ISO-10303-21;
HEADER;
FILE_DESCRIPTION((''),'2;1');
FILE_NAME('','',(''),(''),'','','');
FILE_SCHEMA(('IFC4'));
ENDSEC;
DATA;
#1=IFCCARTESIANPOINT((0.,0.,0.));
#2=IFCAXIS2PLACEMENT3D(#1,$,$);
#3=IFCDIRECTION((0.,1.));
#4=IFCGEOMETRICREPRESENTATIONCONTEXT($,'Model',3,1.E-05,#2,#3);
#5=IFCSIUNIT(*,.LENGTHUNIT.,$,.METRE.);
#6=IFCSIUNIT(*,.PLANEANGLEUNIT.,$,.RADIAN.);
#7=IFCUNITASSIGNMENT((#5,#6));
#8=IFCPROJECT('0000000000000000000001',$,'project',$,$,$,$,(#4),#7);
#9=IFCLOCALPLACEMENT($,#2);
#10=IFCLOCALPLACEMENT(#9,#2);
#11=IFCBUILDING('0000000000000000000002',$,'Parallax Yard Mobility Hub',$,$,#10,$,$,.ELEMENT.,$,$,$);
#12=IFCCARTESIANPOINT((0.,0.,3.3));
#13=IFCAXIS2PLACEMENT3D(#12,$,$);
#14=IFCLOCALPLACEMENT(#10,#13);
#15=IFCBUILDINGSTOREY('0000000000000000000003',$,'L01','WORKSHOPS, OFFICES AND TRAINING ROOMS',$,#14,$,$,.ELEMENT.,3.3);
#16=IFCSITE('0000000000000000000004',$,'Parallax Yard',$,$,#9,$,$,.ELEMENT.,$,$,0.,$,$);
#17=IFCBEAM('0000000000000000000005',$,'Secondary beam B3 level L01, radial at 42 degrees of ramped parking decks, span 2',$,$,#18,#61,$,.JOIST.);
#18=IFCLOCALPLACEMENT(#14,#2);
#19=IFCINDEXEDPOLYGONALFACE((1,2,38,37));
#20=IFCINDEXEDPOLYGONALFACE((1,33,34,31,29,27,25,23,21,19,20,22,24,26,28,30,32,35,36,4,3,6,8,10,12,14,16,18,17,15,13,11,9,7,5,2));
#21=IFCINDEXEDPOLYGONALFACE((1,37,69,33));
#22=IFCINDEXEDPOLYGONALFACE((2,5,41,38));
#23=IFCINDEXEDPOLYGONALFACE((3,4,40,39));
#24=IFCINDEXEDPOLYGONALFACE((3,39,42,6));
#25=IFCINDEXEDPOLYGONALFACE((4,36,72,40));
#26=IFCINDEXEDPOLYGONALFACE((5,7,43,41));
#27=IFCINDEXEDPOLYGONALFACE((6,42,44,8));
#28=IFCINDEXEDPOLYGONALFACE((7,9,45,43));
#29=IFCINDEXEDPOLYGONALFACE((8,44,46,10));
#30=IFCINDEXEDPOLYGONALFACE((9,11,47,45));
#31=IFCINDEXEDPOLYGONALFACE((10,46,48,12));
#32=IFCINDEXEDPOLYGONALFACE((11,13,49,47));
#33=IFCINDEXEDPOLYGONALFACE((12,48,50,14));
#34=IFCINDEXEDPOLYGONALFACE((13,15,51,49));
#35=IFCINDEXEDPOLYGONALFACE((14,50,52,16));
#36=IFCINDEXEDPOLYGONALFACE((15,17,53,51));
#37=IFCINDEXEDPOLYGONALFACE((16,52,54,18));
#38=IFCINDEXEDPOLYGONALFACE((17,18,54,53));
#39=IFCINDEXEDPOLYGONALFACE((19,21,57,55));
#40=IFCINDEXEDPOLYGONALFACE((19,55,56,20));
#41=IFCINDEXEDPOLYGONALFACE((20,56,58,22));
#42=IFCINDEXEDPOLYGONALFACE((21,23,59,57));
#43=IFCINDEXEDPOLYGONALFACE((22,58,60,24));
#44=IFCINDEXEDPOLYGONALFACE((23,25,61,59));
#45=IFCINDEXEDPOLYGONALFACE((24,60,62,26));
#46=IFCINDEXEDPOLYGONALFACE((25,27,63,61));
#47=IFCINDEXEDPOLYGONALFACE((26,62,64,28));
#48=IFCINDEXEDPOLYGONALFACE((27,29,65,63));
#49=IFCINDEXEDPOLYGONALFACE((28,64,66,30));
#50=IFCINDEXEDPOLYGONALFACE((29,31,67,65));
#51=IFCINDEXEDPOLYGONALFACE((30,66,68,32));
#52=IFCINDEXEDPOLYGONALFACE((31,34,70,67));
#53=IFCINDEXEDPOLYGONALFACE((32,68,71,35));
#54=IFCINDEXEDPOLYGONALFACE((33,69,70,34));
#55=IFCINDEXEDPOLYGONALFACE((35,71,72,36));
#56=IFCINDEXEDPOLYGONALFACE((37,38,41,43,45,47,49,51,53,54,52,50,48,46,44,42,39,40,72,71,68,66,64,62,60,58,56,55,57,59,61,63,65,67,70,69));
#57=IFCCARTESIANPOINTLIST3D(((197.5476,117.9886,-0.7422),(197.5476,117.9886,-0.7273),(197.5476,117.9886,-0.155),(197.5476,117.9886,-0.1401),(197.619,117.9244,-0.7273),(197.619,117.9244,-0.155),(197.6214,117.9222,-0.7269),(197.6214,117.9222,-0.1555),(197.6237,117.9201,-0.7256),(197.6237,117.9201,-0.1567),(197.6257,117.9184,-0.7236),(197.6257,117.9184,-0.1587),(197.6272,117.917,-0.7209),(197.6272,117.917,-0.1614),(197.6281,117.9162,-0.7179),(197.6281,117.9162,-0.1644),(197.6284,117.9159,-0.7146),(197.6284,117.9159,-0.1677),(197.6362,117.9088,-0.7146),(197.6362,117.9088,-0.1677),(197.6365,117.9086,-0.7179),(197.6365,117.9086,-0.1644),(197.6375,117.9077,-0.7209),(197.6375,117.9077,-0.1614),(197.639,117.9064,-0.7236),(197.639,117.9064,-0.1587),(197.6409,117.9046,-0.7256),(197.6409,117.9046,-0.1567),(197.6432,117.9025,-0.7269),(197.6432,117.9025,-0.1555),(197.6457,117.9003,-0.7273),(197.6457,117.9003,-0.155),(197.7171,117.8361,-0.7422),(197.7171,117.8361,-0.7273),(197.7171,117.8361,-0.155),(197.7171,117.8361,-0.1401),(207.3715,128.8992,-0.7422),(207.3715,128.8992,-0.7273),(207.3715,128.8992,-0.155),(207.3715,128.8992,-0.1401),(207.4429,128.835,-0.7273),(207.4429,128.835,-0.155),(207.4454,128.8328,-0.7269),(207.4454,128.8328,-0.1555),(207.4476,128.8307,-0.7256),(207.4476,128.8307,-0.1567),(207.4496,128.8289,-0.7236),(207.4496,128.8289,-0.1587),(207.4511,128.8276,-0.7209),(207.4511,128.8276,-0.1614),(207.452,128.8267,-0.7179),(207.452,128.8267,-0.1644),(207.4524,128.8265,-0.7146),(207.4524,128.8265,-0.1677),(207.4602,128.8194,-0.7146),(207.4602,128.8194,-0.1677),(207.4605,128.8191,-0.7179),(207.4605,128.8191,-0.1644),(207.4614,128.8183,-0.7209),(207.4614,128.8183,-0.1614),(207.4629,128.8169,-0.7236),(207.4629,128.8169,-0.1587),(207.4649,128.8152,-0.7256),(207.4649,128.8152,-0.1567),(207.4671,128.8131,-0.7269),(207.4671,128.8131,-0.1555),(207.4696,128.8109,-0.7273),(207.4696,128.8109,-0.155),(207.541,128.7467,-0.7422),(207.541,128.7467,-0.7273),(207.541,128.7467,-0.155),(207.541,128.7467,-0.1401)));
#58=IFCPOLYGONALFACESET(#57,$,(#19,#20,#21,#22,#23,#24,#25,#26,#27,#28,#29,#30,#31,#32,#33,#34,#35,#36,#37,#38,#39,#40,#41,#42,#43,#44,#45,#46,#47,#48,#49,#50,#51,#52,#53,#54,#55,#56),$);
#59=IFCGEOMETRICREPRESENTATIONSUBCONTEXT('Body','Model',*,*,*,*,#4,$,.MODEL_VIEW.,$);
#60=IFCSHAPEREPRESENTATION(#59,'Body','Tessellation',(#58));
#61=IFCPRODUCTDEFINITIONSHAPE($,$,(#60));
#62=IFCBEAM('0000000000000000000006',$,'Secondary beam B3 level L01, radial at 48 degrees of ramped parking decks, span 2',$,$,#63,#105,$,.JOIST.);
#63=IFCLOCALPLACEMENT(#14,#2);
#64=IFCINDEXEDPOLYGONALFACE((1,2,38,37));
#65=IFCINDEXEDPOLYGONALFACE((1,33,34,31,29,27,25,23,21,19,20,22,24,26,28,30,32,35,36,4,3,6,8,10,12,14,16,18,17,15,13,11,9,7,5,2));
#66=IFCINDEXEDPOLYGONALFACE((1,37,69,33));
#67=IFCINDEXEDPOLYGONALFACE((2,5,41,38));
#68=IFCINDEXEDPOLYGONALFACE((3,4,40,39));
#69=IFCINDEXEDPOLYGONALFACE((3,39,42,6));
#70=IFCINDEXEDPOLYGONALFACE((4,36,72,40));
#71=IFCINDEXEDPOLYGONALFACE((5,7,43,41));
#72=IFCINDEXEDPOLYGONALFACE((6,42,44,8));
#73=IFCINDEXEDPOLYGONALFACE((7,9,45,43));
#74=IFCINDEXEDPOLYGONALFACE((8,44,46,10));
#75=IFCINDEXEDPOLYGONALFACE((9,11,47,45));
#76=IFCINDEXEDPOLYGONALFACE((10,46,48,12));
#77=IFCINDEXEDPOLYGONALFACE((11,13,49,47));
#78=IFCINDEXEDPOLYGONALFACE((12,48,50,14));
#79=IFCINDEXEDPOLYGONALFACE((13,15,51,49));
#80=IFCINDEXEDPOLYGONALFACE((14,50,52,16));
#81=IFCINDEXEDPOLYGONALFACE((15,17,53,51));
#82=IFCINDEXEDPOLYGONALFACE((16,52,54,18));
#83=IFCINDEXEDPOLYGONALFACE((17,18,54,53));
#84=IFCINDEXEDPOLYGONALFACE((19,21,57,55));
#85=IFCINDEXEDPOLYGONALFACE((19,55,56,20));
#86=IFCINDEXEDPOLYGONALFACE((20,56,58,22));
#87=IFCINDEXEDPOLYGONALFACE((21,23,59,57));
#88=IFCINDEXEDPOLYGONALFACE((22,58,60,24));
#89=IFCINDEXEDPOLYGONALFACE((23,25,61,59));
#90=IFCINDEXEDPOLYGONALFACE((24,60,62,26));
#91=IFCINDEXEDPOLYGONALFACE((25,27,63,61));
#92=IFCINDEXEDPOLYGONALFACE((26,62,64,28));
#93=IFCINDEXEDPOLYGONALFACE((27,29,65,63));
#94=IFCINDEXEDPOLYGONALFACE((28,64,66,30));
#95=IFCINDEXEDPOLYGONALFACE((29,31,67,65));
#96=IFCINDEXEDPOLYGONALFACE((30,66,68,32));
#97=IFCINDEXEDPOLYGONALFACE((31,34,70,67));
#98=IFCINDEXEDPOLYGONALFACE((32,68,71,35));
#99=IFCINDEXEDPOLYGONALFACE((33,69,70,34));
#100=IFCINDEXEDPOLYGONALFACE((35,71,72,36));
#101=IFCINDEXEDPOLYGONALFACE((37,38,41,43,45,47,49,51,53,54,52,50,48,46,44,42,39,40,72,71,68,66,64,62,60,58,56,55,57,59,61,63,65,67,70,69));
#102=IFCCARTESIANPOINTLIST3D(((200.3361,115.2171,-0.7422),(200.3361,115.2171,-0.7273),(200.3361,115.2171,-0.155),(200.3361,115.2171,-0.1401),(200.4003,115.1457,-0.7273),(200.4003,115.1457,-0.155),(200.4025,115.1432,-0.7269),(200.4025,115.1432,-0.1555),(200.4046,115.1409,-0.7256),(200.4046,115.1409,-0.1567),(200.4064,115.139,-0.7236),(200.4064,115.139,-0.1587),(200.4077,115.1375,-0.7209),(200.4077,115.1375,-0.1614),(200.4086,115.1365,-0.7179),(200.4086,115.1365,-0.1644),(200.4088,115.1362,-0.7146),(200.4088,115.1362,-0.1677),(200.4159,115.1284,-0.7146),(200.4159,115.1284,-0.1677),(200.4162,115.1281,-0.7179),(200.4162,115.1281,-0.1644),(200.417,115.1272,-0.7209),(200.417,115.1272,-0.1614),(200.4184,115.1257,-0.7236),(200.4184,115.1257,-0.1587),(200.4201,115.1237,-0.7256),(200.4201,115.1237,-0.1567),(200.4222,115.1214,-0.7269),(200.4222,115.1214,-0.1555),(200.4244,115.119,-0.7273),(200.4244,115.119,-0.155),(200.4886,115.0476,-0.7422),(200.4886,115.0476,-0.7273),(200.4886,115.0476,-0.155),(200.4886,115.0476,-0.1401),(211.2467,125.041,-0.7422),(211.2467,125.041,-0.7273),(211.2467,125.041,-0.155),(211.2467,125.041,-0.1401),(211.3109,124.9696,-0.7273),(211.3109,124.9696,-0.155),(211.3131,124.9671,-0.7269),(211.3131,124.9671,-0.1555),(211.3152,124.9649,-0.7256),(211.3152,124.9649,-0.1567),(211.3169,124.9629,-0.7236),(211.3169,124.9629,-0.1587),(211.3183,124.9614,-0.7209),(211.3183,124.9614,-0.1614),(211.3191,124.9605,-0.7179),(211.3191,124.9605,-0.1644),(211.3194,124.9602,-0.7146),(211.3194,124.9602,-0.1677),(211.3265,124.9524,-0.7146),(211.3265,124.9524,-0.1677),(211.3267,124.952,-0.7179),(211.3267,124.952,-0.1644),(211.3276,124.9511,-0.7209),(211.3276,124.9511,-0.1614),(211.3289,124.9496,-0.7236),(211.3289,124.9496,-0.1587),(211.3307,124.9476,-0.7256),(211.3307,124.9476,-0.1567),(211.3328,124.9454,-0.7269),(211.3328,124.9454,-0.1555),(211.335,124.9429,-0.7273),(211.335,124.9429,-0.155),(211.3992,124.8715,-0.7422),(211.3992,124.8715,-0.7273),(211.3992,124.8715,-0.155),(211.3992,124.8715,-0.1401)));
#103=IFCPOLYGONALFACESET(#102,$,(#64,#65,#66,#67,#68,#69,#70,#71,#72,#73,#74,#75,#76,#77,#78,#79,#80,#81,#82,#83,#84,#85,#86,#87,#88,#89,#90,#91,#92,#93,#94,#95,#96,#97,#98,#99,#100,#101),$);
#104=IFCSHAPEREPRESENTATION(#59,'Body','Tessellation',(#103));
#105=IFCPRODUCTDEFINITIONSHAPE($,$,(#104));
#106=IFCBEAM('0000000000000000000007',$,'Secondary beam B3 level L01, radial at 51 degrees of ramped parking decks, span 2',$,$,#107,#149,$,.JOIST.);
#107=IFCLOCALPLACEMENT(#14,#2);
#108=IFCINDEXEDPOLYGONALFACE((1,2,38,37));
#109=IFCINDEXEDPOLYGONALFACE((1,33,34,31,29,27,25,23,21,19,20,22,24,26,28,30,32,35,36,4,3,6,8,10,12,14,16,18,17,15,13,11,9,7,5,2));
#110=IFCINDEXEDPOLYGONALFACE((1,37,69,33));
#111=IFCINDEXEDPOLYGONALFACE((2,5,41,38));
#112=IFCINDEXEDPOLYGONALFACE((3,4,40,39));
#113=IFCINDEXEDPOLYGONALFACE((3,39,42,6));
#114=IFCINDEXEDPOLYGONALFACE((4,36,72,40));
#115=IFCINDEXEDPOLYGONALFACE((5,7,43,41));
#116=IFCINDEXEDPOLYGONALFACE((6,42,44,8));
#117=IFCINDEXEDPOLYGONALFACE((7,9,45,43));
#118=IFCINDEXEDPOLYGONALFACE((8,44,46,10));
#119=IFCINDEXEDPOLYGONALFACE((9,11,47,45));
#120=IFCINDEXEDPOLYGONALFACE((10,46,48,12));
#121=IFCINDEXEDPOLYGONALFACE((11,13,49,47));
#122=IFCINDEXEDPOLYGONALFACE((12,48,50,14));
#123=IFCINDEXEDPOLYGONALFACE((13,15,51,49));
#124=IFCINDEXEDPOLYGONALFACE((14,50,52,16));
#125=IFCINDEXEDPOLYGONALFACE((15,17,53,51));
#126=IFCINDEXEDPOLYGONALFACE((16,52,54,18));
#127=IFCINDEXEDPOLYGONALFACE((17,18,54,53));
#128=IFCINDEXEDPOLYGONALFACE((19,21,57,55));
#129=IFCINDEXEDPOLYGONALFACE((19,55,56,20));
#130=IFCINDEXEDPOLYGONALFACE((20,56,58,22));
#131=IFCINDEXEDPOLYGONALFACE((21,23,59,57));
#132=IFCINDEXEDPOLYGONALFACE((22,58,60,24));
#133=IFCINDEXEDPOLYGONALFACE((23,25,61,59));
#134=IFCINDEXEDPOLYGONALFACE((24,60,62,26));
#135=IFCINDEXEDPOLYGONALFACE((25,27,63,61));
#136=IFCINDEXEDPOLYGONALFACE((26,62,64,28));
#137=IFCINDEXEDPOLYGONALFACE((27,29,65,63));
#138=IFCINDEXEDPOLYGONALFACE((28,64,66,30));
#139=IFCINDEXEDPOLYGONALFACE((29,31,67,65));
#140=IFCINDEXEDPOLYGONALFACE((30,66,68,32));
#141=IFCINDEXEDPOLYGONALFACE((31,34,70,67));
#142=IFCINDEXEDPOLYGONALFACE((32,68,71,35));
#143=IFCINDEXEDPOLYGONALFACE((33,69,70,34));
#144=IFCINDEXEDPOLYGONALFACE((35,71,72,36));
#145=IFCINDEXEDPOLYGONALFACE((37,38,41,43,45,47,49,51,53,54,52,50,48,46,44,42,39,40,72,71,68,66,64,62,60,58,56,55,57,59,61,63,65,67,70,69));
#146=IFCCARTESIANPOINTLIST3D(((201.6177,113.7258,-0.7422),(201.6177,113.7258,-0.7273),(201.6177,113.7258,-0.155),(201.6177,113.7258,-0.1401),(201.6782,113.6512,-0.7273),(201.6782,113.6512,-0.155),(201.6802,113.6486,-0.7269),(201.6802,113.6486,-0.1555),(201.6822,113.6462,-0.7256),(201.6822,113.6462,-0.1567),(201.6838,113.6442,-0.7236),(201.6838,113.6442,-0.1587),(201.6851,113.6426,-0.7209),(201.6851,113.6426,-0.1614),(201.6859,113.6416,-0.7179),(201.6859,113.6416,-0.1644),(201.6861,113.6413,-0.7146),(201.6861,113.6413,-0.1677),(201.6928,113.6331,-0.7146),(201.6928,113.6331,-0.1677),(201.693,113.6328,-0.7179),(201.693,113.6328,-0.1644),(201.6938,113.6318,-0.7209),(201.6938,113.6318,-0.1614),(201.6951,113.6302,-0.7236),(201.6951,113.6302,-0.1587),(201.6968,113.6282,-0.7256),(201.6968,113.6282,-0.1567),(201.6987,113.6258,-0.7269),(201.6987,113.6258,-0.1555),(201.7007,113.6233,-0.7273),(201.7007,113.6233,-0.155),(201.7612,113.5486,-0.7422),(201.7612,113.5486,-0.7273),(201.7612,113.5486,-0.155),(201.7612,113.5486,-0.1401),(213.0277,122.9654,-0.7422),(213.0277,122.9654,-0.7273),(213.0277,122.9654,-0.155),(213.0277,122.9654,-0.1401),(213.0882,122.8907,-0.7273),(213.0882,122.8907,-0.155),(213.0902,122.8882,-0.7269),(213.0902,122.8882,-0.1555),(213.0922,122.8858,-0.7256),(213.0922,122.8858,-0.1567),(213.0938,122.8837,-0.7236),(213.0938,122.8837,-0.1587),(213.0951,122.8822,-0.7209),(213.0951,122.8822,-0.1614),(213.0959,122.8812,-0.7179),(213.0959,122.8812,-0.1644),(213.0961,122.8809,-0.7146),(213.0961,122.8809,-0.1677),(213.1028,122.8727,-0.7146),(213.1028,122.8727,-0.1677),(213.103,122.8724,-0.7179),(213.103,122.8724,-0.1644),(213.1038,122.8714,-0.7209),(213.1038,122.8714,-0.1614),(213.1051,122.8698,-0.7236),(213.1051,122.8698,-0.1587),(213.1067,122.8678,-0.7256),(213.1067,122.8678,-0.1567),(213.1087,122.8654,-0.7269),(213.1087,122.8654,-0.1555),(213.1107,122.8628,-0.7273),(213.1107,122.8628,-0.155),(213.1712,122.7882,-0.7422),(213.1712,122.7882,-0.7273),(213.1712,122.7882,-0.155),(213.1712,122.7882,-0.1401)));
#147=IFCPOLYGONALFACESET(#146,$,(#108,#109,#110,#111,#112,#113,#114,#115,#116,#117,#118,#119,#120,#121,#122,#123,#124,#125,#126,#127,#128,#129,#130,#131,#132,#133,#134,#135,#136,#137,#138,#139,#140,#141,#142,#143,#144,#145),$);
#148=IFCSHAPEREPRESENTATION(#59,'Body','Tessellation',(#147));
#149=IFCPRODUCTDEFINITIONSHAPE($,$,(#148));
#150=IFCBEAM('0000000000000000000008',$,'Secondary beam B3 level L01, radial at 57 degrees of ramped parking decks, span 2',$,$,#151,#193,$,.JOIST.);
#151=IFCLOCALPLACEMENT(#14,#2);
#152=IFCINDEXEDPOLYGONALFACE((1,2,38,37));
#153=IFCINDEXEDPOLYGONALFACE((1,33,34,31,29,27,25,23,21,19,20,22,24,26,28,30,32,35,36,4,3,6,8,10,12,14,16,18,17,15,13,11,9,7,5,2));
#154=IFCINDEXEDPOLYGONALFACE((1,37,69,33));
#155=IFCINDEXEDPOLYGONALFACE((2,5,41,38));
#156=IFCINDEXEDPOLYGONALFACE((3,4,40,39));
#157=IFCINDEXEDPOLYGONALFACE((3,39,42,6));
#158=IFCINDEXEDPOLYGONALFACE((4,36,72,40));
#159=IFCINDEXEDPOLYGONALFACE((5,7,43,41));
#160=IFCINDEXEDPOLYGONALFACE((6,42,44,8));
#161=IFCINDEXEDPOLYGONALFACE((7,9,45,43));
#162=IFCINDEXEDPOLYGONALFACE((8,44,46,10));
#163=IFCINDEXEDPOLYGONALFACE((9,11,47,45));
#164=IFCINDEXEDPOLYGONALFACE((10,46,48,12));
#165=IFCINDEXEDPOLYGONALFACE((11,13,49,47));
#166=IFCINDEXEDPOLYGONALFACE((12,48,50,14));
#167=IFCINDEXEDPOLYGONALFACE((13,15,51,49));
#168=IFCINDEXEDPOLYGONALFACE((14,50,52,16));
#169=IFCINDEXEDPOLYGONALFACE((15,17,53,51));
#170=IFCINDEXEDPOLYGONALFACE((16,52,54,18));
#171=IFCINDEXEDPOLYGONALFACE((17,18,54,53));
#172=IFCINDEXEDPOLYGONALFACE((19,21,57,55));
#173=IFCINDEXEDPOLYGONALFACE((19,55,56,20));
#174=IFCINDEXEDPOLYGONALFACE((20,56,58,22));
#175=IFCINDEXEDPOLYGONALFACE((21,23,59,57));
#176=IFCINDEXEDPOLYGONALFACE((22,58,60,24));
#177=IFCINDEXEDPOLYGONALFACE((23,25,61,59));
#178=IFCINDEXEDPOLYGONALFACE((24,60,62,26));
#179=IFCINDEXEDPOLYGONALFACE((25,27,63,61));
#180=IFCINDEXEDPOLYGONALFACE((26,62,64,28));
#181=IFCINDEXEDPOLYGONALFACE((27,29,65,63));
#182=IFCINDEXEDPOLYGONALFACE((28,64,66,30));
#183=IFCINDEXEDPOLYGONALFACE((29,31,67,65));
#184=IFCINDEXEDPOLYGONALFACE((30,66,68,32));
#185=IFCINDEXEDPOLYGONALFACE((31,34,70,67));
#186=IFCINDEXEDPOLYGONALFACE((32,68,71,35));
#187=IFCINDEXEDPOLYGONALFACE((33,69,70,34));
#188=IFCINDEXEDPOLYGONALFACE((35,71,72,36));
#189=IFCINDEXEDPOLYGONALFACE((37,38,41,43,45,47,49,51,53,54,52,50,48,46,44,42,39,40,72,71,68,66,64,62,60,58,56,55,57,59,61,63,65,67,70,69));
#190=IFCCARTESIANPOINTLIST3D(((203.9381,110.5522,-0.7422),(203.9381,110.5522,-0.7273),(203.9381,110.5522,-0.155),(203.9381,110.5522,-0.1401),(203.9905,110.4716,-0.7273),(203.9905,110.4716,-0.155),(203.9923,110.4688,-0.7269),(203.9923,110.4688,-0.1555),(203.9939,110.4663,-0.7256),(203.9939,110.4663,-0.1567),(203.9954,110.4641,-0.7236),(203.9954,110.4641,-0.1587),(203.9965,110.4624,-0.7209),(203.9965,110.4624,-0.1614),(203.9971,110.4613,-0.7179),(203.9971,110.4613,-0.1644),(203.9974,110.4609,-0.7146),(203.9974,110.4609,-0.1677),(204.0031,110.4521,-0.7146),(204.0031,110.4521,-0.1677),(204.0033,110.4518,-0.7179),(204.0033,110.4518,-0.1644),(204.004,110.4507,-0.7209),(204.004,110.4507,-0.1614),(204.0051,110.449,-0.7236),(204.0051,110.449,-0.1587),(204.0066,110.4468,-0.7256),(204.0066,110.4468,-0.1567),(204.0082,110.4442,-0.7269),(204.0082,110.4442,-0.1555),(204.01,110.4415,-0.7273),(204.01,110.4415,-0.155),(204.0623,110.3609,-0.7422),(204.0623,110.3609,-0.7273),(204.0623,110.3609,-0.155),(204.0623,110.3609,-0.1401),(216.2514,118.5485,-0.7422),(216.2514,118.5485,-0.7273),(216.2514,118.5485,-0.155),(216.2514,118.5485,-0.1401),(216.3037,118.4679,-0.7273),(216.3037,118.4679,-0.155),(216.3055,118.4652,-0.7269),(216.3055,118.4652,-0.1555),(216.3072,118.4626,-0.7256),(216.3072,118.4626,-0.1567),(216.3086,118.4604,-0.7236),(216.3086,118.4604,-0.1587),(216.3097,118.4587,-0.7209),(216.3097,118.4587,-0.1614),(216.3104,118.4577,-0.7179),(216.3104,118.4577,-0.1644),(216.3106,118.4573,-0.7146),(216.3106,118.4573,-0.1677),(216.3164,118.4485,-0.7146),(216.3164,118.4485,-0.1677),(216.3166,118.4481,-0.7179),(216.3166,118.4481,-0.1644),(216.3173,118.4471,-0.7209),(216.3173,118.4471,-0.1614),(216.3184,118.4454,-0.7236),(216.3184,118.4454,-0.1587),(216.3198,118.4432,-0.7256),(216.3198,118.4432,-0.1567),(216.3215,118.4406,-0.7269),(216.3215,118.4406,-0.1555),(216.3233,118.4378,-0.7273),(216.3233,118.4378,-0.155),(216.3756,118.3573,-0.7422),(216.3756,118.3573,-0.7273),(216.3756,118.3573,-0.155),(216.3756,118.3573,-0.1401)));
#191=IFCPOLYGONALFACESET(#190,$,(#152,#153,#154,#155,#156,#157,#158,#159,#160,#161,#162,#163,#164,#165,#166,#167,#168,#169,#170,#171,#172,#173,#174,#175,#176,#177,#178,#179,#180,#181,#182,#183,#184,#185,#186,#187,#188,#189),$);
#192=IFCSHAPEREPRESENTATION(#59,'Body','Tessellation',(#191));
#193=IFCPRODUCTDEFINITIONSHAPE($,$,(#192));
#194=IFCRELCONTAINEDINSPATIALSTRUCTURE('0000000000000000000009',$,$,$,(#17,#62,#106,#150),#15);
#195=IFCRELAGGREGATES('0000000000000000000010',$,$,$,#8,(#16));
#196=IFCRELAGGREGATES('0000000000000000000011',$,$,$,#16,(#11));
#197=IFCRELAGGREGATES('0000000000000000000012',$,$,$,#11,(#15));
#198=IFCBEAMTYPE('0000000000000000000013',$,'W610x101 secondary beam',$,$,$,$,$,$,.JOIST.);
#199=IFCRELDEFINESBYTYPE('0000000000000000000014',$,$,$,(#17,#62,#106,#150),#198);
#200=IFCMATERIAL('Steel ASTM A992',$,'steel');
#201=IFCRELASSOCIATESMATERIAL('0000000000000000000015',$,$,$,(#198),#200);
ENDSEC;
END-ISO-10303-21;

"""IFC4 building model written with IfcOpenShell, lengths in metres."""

from ifc_helpers import new_model, si_unit, direction, frame, origin, origin_2d, place, context, subcontext, project, spatial, i_section, extrude, material, material_profile, profile_set, type_object, element, save


model = new_model("IFC4")

# Units and contexts
model_context = context("Model", 3, precision=1e-05, world=origin(), true_north=direction((0.0, 1.0)))
body_context = subcontext(model_context, "Body", "Model", "MODEL_VIEW")
ifc_project = project(units=[si_unit("LENGTHUNIT", "METRE"), si_unit("PLANEANGLEUNIT", "RADIAN")], contexts=[model_context])

# Site, building, storey
site_placement = place(None, origin())
site = spatial("IfcSite", under=ifc_project, at=site_placement, Name="Parallax Yard", CompositionType="ELEMENT", RefElevation=0.0)
building_placement = place(site_placement, origin())
building = spatial("IfcBuilding", under=site, at=building_placement, Name="Parallax Yard Mobility Hub", CompositionType="ELEMENT")
storey_placement = place(building_placement, frame((0.0, 0.0, 3.3)))
storey = spatial("IfcBuildingStorey", under=building, at=storey_placement, Name="L01", Description="WORKSHOPS, OFFICES AND TRAINING ROOMS", CompositionType="ELEMENT", Elevation=3.3)

# Shared definitions
ifc_material_1 = material(Name="Steel ASTM A992", Category="steel")

# Beams
ifc_material_profile_1 = material_profile(ifc_material_1, i_section(OverallWidth=0.228, OverallDepth=0.6021, WebThickness=0.0105, FlangeThickness=0.0149, FilletRadius=0.0127, at=origin_2d()), Name="W610x101")
ifc_profile_set_1 = profile_set([ifc_material_profile_1], Name="Steel ASTM A992")
beam_type_1 = type_object("IfcBeamType", Name="W610x101 secondary beam", PredefinedType="JOIST", material=ifc_profile_set_1)
for number, where, z_axis, x_axis, name in (
    (1, (197.6323, 117.9124, -0.4412), (0.66913, 0.743145, 0.0), (-0.743145, 0.66913, 0.0), "Secondary beam B3 level L01, radial at 42 degrees of ramped parking decks, span 2"),
    (2, (200.4124, 115.1323, -0.4412), (0.743145, 0.66913, 0.0), (-0.66913, 0.743145, 0.0), "Secondary beam B3 level L01, radial at 48 degrees of ramped parking decks, span 2"),
):
    element("IfcBeam", number, at=place(storey_placement, frame(where, z_axis=z_axis, x_axis=x_axis)), inside=storey, type_object=beam_type_1, Name=name, PredefinedType="JOIST", context=body_context, shape_type="SweptSolid", body=[
        extrude(i_section(OverallWidth=0.228, OverallDepth=0.6021, WebThickness=0.0105, FlangeThickness=0.0149, FilletRadius=0.0127, at=origin_2d()), origin(), (0.0, 0.0, 1.0), 14.6816),
    ])
for number, where, z_axis, x_axis, name in (
    (3, (201.6895, 113.6372, -0.4412), (0.777148, 0.629318, 0.0), (-0.629318, 0.777148, 0.0), "Secondary beam B3 level L01, radial at 51 degrees of ramped parking decks, span 2"),
    (4, (204.0002, 110.4565, -0.4412), (0.83867, 0.544641, 0.0), (-0.544641, 0.83867, 0.0), "Secondary beam B3 level L01, radial at 57 degrees of ramped parking decks, span 2"),
):
    element("IfcBeam", number, at=place(storey_placement, frame(where, z_axis=z_axis, x_axis=x_axis)), inside=storey, type_object=beam_type_1, Name=name, PredefinedType="JOIST", context=body_context, shape_type="SweptSolid", body=[
        extrude(i_section(OverallWidth=0.228, OverallDepth=0.6021, WebThickness=0.0105, FlangeThickness=0.0149, FilletRadius=0.0127, at=origin_2d()), origin(), (0.0, 0.0, 1.0), 14.6819),
    ])

save(model, "model.ifc")
